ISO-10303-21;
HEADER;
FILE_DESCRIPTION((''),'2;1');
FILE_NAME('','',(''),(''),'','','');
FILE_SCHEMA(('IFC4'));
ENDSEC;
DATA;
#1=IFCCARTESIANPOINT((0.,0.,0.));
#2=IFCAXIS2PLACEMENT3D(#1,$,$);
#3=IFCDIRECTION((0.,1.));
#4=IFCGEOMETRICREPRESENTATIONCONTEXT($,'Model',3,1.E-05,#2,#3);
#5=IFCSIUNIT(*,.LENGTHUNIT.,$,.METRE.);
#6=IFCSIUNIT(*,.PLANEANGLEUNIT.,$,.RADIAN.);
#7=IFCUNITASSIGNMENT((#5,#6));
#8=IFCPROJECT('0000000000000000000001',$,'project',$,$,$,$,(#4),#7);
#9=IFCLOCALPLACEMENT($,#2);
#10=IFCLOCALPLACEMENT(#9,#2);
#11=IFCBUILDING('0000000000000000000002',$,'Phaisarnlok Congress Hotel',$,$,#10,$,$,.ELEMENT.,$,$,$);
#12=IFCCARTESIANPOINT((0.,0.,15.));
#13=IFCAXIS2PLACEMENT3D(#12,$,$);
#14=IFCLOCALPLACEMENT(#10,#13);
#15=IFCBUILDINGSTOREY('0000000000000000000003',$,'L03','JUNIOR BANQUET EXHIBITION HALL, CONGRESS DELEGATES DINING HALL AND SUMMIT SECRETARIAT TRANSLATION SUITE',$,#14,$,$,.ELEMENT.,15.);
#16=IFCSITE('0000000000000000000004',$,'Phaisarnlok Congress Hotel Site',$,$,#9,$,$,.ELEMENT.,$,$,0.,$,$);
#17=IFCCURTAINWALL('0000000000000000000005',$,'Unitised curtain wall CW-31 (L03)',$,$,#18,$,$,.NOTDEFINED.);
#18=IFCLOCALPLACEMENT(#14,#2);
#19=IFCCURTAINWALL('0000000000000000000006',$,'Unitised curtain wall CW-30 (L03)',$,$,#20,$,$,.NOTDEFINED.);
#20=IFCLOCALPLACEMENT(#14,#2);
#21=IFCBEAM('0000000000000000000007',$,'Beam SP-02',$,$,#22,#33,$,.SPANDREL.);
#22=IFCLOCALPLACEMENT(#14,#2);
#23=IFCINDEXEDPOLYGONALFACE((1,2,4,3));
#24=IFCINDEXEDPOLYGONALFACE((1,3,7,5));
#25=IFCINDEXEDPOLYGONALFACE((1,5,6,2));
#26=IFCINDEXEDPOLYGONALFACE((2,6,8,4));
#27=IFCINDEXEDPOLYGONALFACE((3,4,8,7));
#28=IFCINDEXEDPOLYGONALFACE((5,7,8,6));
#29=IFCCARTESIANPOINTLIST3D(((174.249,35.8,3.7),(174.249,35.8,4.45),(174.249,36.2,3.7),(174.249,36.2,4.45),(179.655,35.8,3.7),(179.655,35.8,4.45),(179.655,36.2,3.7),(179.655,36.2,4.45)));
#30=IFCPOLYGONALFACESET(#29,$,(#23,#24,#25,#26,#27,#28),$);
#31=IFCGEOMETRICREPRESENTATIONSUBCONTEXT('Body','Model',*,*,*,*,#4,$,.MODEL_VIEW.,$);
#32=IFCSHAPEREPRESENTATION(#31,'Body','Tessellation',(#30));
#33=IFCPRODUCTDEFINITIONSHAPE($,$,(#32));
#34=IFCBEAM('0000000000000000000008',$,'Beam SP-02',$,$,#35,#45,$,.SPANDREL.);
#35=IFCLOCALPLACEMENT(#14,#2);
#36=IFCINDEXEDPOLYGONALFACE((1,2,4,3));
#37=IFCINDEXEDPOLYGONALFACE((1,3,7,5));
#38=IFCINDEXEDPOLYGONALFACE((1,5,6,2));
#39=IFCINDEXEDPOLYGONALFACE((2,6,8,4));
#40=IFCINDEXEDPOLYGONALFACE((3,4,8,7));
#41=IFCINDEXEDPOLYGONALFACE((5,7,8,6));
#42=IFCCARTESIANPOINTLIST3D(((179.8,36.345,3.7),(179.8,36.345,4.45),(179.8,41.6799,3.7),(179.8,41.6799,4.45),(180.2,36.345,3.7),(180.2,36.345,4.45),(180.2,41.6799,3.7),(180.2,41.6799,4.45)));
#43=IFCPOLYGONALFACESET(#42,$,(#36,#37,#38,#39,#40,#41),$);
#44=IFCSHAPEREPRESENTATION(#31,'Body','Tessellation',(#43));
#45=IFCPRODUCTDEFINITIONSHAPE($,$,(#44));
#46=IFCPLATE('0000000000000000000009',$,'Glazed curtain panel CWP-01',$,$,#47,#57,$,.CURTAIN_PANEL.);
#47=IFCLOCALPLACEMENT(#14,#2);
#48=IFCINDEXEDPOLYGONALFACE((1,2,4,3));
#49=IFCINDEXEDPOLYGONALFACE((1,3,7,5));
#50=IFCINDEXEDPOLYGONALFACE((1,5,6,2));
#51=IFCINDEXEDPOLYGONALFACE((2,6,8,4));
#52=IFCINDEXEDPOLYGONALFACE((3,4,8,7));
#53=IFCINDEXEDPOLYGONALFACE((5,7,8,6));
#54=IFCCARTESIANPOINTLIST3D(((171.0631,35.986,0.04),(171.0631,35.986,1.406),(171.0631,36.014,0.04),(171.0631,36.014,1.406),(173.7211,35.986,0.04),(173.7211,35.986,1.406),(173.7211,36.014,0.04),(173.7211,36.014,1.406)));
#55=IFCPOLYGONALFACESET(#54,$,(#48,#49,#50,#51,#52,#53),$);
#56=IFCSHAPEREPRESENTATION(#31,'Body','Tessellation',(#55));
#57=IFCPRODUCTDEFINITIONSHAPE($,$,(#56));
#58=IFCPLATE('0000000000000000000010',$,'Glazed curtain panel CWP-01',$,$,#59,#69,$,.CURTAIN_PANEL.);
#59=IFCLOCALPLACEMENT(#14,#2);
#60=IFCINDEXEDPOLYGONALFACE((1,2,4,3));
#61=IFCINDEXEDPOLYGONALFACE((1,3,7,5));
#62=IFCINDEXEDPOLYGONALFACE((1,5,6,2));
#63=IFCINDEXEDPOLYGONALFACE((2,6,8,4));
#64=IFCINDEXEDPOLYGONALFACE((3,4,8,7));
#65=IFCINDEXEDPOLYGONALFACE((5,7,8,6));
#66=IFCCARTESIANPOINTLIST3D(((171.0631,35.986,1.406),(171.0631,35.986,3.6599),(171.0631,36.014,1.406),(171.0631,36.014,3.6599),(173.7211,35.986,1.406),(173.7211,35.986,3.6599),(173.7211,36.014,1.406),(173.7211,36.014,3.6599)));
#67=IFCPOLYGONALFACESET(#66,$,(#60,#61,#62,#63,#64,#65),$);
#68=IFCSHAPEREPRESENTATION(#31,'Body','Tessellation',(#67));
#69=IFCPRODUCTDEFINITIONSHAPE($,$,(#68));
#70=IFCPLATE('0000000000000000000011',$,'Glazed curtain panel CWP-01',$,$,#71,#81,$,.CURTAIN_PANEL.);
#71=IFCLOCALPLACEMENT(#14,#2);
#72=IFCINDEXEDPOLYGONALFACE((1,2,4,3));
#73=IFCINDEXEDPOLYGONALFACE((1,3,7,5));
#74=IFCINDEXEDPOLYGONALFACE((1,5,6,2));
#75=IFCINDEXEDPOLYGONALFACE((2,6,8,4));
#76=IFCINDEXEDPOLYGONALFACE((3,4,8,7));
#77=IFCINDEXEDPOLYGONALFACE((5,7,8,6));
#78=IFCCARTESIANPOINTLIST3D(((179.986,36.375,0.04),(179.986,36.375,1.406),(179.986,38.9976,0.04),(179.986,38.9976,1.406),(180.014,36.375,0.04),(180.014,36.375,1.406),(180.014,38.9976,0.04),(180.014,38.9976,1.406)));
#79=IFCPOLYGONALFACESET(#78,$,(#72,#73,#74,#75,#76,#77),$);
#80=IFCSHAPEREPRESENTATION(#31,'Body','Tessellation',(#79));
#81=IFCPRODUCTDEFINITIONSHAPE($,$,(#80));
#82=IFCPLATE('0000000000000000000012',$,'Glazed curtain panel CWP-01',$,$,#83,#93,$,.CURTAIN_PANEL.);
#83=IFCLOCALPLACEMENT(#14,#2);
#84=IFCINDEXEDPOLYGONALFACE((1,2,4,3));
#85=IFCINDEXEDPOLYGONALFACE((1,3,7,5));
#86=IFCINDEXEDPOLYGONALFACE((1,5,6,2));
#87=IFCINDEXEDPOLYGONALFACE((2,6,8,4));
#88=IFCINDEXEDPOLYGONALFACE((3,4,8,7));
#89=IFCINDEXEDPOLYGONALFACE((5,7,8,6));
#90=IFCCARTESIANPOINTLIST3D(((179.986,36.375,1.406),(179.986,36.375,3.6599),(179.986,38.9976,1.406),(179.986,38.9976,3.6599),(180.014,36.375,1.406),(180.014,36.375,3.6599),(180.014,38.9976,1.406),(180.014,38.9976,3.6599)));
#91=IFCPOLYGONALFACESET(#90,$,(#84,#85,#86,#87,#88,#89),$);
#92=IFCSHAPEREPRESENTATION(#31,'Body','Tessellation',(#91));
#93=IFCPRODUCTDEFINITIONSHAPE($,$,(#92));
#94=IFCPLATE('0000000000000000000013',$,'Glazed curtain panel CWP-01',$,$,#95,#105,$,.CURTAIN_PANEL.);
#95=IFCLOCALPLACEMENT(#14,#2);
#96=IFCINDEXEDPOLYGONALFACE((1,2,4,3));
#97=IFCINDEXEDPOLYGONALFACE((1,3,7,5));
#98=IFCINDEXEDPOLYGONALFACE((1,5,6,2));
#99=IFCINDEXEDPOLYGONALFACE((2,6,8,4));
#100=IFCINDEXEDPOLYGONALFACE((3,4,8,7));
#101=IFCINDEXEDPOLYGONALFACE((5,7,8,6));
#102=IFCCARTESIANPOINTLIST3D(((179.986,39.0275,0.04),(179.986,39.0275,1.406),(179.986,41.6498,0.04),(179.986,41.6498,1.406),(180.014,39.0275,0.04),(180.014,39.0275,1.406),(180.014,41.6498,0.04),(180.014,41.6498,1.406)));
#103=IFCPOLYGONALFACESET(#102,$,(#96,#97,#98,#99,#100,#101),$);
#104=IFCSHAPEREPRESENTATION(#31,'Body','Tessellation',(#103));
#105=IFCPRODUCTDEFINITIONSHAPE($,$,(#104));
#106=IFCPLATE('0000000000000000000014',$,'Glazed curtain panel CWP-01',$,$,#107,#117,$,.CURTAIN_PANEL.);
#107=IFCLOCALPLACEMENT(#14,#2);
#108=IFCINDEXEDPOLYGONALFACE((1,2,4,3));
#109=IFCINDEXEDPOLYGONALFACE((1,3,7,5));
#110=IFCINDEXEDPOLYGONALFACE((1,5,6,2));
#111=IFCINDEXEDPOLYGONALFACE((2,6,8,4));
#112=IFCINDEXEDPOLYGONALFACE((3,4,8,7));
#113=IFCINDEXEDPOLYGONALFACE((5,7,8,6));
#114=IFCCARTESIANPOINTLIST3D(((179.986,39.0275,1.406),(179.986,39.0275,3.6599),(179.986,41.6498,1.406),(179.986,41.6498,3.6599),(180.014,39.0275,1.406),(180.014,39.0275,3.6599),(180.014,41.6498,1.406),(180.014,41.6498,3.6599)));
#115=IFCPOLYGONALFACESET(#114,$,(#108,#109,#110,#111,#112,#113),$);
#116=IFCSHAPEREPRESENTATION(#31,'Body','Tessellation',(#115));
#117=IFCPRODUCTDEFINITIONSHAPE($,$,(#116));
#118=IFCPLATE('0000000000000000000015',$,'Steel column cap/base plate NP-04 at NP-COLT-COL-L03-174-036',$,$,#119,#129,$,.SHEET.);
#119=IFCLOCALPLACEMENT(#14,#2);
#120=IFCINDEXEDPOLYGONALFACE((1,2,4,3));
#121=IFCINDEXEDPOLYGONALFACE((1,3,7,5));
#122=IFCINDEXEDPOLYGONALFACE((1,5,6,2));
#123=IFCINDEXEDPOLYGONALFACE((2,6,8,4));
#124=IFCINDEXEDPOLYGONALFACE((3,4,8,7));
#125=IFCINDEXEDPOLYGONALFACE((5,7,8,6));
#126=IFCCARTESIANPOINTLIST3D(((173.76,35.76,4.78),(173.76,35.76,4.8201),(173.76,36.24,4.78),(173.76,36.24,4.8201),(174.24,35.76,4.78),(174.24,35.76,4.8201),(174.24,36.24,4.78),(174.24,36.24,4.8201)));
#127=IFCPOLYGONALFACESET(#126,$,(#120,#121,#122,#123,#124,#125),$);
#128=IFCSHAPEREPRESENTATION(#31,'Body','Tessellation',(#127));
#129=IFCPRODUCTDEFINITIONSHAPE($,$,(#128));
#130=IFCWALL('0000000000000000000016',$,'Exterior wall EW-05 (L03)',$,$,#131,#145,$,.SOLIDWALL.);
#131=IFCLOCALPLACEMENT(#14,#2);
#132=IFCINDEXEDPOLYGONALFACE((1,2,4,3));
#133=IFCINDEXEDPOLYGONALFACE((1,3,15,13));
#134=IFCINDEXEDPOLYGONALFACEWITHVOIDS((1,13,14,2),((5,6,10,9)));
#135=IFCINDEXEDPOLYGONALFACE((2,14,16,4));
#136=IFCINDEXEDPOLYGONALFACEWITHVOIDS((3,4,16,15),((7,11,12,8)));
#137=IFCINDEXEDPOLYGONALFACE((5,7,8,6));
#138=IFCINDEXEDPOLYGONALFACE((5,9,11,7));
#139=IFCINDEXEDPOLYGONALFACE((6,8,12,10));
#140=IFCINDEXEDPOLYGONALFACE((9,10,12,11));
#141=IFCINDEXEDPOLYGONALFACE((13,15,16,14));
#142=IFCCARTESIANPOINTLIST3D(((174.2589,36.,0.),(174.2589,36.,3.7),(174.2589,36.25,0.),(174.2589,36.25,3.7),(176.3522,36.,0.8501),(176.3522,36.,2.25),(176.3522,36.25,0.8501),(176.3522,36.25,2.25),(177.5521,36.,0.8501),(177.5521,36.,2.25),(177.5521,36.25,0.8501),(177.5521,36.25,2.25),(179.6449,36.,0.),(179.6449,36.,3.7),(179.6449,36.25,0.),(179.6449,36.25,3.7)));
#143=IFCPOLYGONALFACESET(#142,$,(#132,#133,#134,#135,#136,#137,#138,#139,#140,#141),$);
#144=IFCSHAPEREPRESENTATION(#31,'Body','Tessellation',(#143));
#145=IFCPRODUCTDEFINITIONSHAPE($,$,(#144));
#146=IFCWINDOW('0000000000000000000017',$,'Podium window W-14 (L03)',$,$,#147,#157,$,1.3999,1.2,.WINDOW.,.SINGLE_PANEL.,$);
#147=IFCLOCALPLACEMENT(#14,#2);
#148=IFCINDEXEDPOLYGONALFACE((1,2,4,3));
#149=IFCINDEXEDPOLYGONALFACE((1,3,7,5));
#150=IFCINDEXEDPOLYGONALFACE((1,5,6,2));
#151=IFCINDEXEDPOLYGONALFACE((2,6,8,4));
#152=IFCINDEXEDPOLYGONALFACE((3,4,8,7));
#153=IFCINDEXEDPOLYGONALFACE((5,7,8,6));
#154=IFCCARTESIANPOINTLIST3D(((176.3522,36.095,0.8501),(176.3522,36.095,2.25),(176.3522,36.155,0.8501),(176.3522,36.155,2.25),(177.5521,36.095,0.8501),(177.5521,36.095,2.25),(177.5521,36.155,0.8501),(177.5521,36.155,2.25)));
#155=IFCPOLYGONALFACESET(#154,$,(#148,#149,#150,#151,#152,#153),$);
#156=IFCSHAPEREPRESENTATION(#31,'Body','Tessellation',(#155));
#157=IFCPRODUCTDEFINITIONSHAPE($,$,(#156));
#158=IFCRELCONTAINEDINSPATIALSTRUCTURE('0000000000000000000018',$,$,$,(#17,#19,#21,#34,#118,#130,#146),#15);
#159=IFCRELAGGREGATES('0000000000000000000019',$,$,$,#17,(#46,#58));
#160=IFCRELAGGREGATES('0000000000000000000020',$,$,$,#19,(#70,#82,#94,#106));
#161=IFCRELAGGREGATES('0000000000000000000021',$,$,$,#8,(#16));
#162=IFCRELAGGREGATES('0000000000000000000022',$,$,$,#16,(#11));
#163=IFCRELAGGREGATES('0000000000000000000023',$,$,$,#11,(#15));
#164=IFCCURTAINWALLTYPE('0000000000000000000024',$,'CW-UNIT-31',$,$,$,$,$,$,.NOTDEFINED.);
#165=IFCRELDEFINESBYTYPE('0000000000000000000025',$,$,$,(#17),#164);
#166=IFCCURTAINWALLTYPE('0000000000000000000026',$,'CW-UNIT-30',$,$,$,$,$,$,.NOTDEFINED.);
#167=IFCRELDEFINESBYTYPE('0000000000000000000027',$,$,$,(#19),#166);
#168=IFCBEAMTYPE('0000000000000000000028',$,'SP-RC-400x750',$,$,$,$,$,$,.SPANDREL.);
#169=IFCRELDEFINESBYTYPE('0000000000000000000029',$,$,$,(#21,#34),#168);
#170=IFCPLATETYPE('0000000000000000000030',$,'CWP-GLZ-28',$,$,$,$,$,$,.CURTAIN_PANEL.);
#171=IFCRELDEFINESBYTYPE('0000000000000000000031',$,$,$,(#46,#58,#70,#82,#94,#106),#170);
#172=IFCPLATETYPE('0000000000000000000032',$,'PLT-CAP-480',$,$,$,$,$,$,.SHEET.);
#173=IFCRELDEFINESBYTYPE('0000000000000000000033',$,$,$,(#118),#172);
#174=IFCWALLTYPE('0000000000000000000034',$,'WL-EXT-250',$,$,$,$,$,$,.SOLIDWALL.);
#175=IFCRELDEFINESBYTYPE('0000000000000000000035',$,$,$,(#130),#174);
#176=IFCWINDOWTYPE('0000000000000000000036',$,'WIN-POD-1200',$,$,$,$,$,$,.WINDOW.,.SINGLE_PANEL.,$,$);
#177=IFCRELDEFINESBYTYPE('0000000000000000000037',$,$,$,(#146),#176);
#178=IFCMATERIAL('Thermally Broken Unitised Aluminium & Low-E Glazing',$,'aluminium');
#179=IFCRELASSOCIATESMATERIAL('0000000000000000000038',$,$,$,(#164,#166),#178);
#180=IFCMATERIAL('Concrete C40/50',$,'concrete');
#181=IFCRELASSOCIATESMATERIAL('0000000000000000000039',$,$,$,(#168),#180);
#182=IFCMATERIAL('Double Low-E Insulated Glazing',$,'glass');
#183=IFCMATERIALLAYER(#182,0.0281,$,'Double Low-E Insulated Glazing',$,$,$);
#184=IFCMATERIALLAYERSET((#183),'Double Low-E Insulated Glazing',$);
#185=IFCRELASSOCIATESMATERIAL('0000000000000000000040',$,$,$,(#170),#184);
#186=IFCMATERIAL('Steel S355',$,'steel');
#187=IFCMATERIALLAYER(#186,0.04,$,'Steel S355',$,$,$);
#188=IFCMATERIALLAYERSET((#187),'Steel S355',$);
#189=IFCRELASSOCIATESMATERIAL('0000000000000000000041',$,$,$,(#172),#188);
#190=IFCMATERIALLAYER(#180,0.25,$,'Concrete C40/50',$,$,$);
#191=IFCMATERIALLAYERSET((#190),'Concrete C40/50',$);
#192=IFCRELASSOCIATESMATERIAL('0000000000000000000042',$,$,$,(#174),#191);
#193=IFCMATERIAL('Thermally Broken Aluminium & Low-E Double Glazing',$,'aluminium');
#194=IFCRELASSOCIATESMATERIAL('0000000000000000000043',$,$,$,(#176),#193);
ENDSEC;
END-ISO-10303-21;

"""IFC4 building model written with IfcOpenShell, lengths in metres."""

from ifc_helpers import new_model, si_unit, direction, frame, frame_2d, origin, origin_2d, place, context, subcontext, project, spatial, rectangle, extrude, material, layer, layer_set, material_profile, profile_set, type_object, element, fill, aggregate, save


model = new_model("IFC4")

# Units and contexts
model_context = context("Model", 3, precision=1e-05, world=origin(), true_north=direction((0.0, 1.0)))
body_context = subcontext(model_context, "Body", "Model", "MODEL_VIEW")
ifc_project = project(units=[si_unit("LENGTHUNIT", "METRE"), si_unit("PLANEANGLEUNIT", "RADIAN")], contexts=[model_context])

# Site, building, storey
site_placement = place(None, origin())
site = spatial("IfcSite", under=ifc_project, at=site_placement, Name="Phaisarnlok Congress Hotel Site", CompositionType="ELEMENT", RefElevation=0.0)
building_placement = place(site_placement, origin())
building = spatial("IfcBuilding", under=site, at=building_placement, Name="Phaisarnlok Congress Hotel", CompositionType="ELEMENT")
storey_placement = place(building_placement, frame((0.0, 0.0, 15.0)))
storey = spatial("IfcBuildingStorey", under=building, at=storey_placement, Name="L03", Description="JUNIOR BANQUET EXHIBITION HALL, CONGRESS DELEGATES DINING HALL AND SUMMIT SECRETARIAT TRANSLATION SUITE", CompositionType="ELEMENT", Elevation=15.0)

# Shared definitions
ifc_material_1 = material(Name="Steel S355", Category="steel")

# Shared definitions
ifc_material_2 = material(Name="Concrete C40/50", Category="concrete")

# Curtain wall
ifc_material_3 = material(Name="Thermally Broken Unitised Aluminium & Low-E Glazing", Category="aluminium")
curtain_wall_type_1 = type_object("IfcCurtainWallType", Name="CW-UNIT-31", PredefinedType="NOTDEFINED", material=ifc_material_3)
curtain_wall_1_placement = place(storey_placement, origin())
curtain_wall_1 = element("IfcCurtainWall", 1, at=curtain_wall_1_placement, inside=storey, type_object=curtain_wall_type_1, Name="Unitised curtain wall CW-31 (L03)", PredefinedType="NOTDEFINED")

# Curtain wall
curtain_wall_type_2 = type_object("IfcCurtainWallType", Name="CW-UNIT-30", PredefinedType="NOTDEFINED", material=ifc_material_3)
curtain_wall_2_placement = place(storey_placement, origin())
curtain_wall_2 = element("IfcCurtainWall", 2, at=curtain_wall_2_placement, inside=storey, type_object=curtain_wall_type_2, Name="Unitised curtain wall CW-30 (L03)", PredefinedType="NOTDEFINED")

# Beams
ifc_material_profile_1 = material_profile(ifc_material_2, rectangle(XDim=0.3999, YDim=0.75, at=origin_2d()), Name="RC 400x750")
ifc_profile_set_1 = profile_set([ifc_material_profile_1], Name="Concrete C40/50")
beam_type_1 = type_object("IfcBeamType", Name="SP-RC-400x750", PredefinedType="SPANDREL", material=ifc_profile_set_1)
beam_1_placement = place(storey_placement, frame((174.249, 36.0, 4.075), z_axis=(1.0, 0.0, 0.0), x_axis=(0.0, 1.0, 0.0)))
element("IfcBeam", 3, at=beam_1_placement, inside=storey, type_object=beam_type_1, Name="Beam SP-02", PredefinedType="SPANDREL", context=body_context, shape_type="SweptSolid", body=[
    extrude(rectangle(XDim=0.3999, YDim=0.75, at=origin_2d()), origin(), (0.0, 0.0, 1.0), 5.406),
])
beam_2_placement = place(storey_placement, frame((180.0, 36.345, 4.075), z_axis=(0.0, 1.0, 0.0), x_axis=(-1.0, 0.0, 0.0)))
element("IfcBeam", 4, at=beam_2_placement, inside=storey, type_object=beam_type_1, Name="Beam SP-02", PredefinedType="SPANDREL", context=body_context, shape_type="SweptSolid", body=[
    extrude(rectangle(XDim=0.3999, YDim=0.75, at=origin_2d()), origin(), (0.0, 0.0, 1.0), 5.335),
])

# Plates
ifc_material_4 = material(Name="Double Low-E Insulated Glazing", Category="glass")
ifc_layer_1 = layer(ifc_material_4, 0.0281, Name="Double Low-E Insulated Glazing")
ifc_layer_set_1 = layer_set([ifc_layer_1], Name="Double Low-E Insulated Glazing")
plate_type_1 = type_object("IfcPlateType", Name="CWP-GLZ-28", PredefinedType="CURTAIN_PANEL", material=ifc_layer_set_1)
plate_1_placement = place(storey_placement, frame((171.063, 36.0, 0.04), z_axis=(0.0, 0.0, 1.0), x_axis=(1.0, 0.0, 0.0)))
plate_1 = element("IfcPlate", 5, at=plate_1_placement, type_object=plate_type_1, Name="Glazed curtain panel CWP-01", PredefinedType="CURTAIN_PANEL", context=body_context, shape_type="SweptSolid", body=[
    extrude(rectangle(XDim=2.658, YDim=0.0281, at=frame_2d((1.3291, 0.0))), origin(), (0.0, 0.0, 1.0), 1.366),
])
plate_2_placement = place(storey_placement, frame((171.063, 36.0, 1.406), z_axis=(0.0, 0.0, 1.0), x_axis=(1.0, 0.0, 0.0)))
plate_2 = element("IfcPlate", 6, at=plate_2_placement, type_object=plate_type_1, Name="Glazed curtain panel CWP-01", PredefinedType="CURTAIN_PANEL", context=body_context, shape_type="SweptSolid", body=[
    extrude(rectangle(XDim=2.658, YDim=0.0281, at=frame_2d((1.3291, 0.0))), origin(), (0.0, 0.0, 1.0), 2.2539),
])
aggregate(curtain_wall_1, [plate_1, plate_2])
plate_3_placement = place(storey_placement, frame((180.0, 36.375, 0.04), z_axis=(0.0, 0.0, 1.0), x_axis=(0.0, 1.0, 0.0)))
plate_3 = element("IfcPlate", 7, at=plate_3_placement, type_object=plate_type_1, Name="Glazed curtain panel CWP-01", PredefinedType="CURTAIN_PANEL", context=body_context, shape_type="SweptSolid", body=[
    extrude(rectangle(XDim=2.6226, YDim=0.0281, at=frame_2d((1.3113, 0.0))), origin(), (0.0, 0.0, 1.0), 1.366),
])
plate_4_placement = place(storey_placement, frame((180.0, 36.375, 1.406), z_axis=(0.0, 0.0, 1.0), x_axis=(0.0, 1.0, 0.0)))
plate_4 = element("IfcPlate", 8, at=plate_4_placement, type_object=plate_type_1, Name="Glazed curtain panel CWP-01", PredefinedType="CURTAIN_PANEL", context=body_context, shape_type="SweptSolid", body=[
    extrude(rectangle(XDim=2.6226, YDim=0.0281, at=frame_2d((1.3113, 0.0))), origin(), (0.0, 0.0, 1.0), 2.2539),
])
plate_5_placement = place(storey_placement, frame((180.0, 39.0276, 0.04), z_axis=(0.0, 0.0, 1.0), x_axis=(0.0, 1.0, 0.0)))
plate_5 = element("IfcPlate", 9, at=plate_5_placement, type_object=plate_type_1, Name="Glazed curtain panel CWP-01", PredefinedType="CURTAIN_PANEL", context=body_context, shape_type="SweptSolid", body=[
    extrude(rectangle(XDim=2.6223, YDim=0.0281, at=frame_2d((1.311, 0.0))), origin(), (0.0, 0.0, 1.0), 1.366),
])
plate_6_placement = place(storey_placement, frame((180.0, 39.0276, 1.406), z_axis=(0.0, 0.0, 1.0), x_axis=(0.0, 1.0, 0.0)))
plate_6 = element("IfcPlate", 10, at=plate_6_placement, type_object=plate_type_1, Name="Glazed curtain panel CWP-01", PredefinedType="CURTAIN_PANEL", context=body_context, shape_type="SweptSolid", body=[
    extrude(rectangle(XDim=2.6223, YDim=0.0281, at=frame_2d((1.311, 0.0))), origin(), (0.0, 0.0, 1.0), 2.2539),
])
aggregate(curtain_wall_2, [plate_3, plate_4, plate_5, plate_6])
ifc_layer_2 = layer(ifc_material_1, 0.04, Name="Steel S355")
ifc_layer_set_2 = layer_set([ifc_layer_2], Name="Steel S355")
plate_type_2 = type_object("IfcPlateType", Name="PLT-CAP-480", PredefinedType="SHEET", material=ifc_layer_set_2)
plate_7_placement = place(storey_placement, frame((174.0, 36.0, 4.78), z_axis=(0.0, 0.0, 1.0), x_axis=(1.0, 0.0, 0.0)))
element("IfcPlate", 11, at=plate_7_placement, inside=storey, type_object=plate_type_2, Name="Steel column cap/base plate NP-04 at NP-COLT-COL-L03-174-036", PredefinedType="SHEET", context=body_context, shape_type="SweptSolid", body=[
    extrude(rectangle(XDim=0.48, YDim=0.48, at=origin_2d()), origin(), (0.0, 0.0, 1.0), 0.04),
])

# Wall, opening, window
ifc_layer_3 = layer(ifc_material_2, 0.25, Name="Concrete C40/50")
ifc_layer_set_3 = layer_set([ifc_layer_3], Name="Concrete C40/50")
wall_type_1 = type_object("IfcWallType", Name="WL-EXT-250", PredefinedType="SOLIDWALL", material=ifc_layer_set_3)
wall_1_placement = place(storey_placement, frame((174.259, 36.125, 0.0), z_axis=(0.0, 0.0, 1.0), x_axis=(1.0, 0.0, 0.0)))
wall_1 = element("IfcWall", 12, at=wall_1_placement, inside=storey, type_object=wall_type_1, Name="Exterior wall EW-05 (L03)", PredefinedType="SOLIDWALL", context=body_context, shape_type="SweptSolid", body=[
    extrude(rectangle(XDim=5.386, YDim=0.25, at=frame_2d((2.6929, 0.0))), origin(), (0.0, 0.0, 1.0), 3.7),
])
opening_1_placement = place(wall_1_placement, frame((2.093, 0.0, 0.8501)))
opening_1 = element("IfcOpeningElement", 13, at=opening_1_placement, cuts=wall_1, PredefinedType="OPENING", context=body_context, shape_type="SweptSolid", body=[
    extrude(rectangle(XDim=1.2, YDim=1.3999, at=frame_2d((0.6001, 0.7))), frame((0.0, 0.135, 0.0), z_axis=(0.0, -1.0, 0.0), x_axis=(1.0, 0.0, 0.0)), (0.0, 0.0, 1.0), 0.27),
])
ifc_material_5 = material(Name="Thermally Broken Aluminium & Low-E Double Glazing", Category="aluminium")
window_type = type_object("IfcWindowType", Name="WIN-POD-1200", PartitioningType="SINGLE_PANEL", PredefinedType="WINDOW", material=ifc_material_5)
window_placement = place(opening_1_placement, origin())
window = element("IfcWindow", 14, at=window_placement, inside=storey, type_object=window_type, Name="Podium window W-14 (L03)", OverallHeight=1.3999, OverallWidth=1.2, PartitioningType="SINGLE_PANEL", PredefinedType="WINDOW", context=body_context, shape_type="SweptSolid", body=[
    extrude(rectangle(XDim=1.2, YDim=1.3999, at=frame_2d((0.6001, 0.7))), frame((0.0, 0.03, 0.0), z_axis=(0.0, -1.0, 0.0), x_axis=(1.0, 0.0, 0.0)), (0.0, 0.0, 1.0), 0.0601),
])
fill(opening_1, window)

save(model, "model.ifc")
